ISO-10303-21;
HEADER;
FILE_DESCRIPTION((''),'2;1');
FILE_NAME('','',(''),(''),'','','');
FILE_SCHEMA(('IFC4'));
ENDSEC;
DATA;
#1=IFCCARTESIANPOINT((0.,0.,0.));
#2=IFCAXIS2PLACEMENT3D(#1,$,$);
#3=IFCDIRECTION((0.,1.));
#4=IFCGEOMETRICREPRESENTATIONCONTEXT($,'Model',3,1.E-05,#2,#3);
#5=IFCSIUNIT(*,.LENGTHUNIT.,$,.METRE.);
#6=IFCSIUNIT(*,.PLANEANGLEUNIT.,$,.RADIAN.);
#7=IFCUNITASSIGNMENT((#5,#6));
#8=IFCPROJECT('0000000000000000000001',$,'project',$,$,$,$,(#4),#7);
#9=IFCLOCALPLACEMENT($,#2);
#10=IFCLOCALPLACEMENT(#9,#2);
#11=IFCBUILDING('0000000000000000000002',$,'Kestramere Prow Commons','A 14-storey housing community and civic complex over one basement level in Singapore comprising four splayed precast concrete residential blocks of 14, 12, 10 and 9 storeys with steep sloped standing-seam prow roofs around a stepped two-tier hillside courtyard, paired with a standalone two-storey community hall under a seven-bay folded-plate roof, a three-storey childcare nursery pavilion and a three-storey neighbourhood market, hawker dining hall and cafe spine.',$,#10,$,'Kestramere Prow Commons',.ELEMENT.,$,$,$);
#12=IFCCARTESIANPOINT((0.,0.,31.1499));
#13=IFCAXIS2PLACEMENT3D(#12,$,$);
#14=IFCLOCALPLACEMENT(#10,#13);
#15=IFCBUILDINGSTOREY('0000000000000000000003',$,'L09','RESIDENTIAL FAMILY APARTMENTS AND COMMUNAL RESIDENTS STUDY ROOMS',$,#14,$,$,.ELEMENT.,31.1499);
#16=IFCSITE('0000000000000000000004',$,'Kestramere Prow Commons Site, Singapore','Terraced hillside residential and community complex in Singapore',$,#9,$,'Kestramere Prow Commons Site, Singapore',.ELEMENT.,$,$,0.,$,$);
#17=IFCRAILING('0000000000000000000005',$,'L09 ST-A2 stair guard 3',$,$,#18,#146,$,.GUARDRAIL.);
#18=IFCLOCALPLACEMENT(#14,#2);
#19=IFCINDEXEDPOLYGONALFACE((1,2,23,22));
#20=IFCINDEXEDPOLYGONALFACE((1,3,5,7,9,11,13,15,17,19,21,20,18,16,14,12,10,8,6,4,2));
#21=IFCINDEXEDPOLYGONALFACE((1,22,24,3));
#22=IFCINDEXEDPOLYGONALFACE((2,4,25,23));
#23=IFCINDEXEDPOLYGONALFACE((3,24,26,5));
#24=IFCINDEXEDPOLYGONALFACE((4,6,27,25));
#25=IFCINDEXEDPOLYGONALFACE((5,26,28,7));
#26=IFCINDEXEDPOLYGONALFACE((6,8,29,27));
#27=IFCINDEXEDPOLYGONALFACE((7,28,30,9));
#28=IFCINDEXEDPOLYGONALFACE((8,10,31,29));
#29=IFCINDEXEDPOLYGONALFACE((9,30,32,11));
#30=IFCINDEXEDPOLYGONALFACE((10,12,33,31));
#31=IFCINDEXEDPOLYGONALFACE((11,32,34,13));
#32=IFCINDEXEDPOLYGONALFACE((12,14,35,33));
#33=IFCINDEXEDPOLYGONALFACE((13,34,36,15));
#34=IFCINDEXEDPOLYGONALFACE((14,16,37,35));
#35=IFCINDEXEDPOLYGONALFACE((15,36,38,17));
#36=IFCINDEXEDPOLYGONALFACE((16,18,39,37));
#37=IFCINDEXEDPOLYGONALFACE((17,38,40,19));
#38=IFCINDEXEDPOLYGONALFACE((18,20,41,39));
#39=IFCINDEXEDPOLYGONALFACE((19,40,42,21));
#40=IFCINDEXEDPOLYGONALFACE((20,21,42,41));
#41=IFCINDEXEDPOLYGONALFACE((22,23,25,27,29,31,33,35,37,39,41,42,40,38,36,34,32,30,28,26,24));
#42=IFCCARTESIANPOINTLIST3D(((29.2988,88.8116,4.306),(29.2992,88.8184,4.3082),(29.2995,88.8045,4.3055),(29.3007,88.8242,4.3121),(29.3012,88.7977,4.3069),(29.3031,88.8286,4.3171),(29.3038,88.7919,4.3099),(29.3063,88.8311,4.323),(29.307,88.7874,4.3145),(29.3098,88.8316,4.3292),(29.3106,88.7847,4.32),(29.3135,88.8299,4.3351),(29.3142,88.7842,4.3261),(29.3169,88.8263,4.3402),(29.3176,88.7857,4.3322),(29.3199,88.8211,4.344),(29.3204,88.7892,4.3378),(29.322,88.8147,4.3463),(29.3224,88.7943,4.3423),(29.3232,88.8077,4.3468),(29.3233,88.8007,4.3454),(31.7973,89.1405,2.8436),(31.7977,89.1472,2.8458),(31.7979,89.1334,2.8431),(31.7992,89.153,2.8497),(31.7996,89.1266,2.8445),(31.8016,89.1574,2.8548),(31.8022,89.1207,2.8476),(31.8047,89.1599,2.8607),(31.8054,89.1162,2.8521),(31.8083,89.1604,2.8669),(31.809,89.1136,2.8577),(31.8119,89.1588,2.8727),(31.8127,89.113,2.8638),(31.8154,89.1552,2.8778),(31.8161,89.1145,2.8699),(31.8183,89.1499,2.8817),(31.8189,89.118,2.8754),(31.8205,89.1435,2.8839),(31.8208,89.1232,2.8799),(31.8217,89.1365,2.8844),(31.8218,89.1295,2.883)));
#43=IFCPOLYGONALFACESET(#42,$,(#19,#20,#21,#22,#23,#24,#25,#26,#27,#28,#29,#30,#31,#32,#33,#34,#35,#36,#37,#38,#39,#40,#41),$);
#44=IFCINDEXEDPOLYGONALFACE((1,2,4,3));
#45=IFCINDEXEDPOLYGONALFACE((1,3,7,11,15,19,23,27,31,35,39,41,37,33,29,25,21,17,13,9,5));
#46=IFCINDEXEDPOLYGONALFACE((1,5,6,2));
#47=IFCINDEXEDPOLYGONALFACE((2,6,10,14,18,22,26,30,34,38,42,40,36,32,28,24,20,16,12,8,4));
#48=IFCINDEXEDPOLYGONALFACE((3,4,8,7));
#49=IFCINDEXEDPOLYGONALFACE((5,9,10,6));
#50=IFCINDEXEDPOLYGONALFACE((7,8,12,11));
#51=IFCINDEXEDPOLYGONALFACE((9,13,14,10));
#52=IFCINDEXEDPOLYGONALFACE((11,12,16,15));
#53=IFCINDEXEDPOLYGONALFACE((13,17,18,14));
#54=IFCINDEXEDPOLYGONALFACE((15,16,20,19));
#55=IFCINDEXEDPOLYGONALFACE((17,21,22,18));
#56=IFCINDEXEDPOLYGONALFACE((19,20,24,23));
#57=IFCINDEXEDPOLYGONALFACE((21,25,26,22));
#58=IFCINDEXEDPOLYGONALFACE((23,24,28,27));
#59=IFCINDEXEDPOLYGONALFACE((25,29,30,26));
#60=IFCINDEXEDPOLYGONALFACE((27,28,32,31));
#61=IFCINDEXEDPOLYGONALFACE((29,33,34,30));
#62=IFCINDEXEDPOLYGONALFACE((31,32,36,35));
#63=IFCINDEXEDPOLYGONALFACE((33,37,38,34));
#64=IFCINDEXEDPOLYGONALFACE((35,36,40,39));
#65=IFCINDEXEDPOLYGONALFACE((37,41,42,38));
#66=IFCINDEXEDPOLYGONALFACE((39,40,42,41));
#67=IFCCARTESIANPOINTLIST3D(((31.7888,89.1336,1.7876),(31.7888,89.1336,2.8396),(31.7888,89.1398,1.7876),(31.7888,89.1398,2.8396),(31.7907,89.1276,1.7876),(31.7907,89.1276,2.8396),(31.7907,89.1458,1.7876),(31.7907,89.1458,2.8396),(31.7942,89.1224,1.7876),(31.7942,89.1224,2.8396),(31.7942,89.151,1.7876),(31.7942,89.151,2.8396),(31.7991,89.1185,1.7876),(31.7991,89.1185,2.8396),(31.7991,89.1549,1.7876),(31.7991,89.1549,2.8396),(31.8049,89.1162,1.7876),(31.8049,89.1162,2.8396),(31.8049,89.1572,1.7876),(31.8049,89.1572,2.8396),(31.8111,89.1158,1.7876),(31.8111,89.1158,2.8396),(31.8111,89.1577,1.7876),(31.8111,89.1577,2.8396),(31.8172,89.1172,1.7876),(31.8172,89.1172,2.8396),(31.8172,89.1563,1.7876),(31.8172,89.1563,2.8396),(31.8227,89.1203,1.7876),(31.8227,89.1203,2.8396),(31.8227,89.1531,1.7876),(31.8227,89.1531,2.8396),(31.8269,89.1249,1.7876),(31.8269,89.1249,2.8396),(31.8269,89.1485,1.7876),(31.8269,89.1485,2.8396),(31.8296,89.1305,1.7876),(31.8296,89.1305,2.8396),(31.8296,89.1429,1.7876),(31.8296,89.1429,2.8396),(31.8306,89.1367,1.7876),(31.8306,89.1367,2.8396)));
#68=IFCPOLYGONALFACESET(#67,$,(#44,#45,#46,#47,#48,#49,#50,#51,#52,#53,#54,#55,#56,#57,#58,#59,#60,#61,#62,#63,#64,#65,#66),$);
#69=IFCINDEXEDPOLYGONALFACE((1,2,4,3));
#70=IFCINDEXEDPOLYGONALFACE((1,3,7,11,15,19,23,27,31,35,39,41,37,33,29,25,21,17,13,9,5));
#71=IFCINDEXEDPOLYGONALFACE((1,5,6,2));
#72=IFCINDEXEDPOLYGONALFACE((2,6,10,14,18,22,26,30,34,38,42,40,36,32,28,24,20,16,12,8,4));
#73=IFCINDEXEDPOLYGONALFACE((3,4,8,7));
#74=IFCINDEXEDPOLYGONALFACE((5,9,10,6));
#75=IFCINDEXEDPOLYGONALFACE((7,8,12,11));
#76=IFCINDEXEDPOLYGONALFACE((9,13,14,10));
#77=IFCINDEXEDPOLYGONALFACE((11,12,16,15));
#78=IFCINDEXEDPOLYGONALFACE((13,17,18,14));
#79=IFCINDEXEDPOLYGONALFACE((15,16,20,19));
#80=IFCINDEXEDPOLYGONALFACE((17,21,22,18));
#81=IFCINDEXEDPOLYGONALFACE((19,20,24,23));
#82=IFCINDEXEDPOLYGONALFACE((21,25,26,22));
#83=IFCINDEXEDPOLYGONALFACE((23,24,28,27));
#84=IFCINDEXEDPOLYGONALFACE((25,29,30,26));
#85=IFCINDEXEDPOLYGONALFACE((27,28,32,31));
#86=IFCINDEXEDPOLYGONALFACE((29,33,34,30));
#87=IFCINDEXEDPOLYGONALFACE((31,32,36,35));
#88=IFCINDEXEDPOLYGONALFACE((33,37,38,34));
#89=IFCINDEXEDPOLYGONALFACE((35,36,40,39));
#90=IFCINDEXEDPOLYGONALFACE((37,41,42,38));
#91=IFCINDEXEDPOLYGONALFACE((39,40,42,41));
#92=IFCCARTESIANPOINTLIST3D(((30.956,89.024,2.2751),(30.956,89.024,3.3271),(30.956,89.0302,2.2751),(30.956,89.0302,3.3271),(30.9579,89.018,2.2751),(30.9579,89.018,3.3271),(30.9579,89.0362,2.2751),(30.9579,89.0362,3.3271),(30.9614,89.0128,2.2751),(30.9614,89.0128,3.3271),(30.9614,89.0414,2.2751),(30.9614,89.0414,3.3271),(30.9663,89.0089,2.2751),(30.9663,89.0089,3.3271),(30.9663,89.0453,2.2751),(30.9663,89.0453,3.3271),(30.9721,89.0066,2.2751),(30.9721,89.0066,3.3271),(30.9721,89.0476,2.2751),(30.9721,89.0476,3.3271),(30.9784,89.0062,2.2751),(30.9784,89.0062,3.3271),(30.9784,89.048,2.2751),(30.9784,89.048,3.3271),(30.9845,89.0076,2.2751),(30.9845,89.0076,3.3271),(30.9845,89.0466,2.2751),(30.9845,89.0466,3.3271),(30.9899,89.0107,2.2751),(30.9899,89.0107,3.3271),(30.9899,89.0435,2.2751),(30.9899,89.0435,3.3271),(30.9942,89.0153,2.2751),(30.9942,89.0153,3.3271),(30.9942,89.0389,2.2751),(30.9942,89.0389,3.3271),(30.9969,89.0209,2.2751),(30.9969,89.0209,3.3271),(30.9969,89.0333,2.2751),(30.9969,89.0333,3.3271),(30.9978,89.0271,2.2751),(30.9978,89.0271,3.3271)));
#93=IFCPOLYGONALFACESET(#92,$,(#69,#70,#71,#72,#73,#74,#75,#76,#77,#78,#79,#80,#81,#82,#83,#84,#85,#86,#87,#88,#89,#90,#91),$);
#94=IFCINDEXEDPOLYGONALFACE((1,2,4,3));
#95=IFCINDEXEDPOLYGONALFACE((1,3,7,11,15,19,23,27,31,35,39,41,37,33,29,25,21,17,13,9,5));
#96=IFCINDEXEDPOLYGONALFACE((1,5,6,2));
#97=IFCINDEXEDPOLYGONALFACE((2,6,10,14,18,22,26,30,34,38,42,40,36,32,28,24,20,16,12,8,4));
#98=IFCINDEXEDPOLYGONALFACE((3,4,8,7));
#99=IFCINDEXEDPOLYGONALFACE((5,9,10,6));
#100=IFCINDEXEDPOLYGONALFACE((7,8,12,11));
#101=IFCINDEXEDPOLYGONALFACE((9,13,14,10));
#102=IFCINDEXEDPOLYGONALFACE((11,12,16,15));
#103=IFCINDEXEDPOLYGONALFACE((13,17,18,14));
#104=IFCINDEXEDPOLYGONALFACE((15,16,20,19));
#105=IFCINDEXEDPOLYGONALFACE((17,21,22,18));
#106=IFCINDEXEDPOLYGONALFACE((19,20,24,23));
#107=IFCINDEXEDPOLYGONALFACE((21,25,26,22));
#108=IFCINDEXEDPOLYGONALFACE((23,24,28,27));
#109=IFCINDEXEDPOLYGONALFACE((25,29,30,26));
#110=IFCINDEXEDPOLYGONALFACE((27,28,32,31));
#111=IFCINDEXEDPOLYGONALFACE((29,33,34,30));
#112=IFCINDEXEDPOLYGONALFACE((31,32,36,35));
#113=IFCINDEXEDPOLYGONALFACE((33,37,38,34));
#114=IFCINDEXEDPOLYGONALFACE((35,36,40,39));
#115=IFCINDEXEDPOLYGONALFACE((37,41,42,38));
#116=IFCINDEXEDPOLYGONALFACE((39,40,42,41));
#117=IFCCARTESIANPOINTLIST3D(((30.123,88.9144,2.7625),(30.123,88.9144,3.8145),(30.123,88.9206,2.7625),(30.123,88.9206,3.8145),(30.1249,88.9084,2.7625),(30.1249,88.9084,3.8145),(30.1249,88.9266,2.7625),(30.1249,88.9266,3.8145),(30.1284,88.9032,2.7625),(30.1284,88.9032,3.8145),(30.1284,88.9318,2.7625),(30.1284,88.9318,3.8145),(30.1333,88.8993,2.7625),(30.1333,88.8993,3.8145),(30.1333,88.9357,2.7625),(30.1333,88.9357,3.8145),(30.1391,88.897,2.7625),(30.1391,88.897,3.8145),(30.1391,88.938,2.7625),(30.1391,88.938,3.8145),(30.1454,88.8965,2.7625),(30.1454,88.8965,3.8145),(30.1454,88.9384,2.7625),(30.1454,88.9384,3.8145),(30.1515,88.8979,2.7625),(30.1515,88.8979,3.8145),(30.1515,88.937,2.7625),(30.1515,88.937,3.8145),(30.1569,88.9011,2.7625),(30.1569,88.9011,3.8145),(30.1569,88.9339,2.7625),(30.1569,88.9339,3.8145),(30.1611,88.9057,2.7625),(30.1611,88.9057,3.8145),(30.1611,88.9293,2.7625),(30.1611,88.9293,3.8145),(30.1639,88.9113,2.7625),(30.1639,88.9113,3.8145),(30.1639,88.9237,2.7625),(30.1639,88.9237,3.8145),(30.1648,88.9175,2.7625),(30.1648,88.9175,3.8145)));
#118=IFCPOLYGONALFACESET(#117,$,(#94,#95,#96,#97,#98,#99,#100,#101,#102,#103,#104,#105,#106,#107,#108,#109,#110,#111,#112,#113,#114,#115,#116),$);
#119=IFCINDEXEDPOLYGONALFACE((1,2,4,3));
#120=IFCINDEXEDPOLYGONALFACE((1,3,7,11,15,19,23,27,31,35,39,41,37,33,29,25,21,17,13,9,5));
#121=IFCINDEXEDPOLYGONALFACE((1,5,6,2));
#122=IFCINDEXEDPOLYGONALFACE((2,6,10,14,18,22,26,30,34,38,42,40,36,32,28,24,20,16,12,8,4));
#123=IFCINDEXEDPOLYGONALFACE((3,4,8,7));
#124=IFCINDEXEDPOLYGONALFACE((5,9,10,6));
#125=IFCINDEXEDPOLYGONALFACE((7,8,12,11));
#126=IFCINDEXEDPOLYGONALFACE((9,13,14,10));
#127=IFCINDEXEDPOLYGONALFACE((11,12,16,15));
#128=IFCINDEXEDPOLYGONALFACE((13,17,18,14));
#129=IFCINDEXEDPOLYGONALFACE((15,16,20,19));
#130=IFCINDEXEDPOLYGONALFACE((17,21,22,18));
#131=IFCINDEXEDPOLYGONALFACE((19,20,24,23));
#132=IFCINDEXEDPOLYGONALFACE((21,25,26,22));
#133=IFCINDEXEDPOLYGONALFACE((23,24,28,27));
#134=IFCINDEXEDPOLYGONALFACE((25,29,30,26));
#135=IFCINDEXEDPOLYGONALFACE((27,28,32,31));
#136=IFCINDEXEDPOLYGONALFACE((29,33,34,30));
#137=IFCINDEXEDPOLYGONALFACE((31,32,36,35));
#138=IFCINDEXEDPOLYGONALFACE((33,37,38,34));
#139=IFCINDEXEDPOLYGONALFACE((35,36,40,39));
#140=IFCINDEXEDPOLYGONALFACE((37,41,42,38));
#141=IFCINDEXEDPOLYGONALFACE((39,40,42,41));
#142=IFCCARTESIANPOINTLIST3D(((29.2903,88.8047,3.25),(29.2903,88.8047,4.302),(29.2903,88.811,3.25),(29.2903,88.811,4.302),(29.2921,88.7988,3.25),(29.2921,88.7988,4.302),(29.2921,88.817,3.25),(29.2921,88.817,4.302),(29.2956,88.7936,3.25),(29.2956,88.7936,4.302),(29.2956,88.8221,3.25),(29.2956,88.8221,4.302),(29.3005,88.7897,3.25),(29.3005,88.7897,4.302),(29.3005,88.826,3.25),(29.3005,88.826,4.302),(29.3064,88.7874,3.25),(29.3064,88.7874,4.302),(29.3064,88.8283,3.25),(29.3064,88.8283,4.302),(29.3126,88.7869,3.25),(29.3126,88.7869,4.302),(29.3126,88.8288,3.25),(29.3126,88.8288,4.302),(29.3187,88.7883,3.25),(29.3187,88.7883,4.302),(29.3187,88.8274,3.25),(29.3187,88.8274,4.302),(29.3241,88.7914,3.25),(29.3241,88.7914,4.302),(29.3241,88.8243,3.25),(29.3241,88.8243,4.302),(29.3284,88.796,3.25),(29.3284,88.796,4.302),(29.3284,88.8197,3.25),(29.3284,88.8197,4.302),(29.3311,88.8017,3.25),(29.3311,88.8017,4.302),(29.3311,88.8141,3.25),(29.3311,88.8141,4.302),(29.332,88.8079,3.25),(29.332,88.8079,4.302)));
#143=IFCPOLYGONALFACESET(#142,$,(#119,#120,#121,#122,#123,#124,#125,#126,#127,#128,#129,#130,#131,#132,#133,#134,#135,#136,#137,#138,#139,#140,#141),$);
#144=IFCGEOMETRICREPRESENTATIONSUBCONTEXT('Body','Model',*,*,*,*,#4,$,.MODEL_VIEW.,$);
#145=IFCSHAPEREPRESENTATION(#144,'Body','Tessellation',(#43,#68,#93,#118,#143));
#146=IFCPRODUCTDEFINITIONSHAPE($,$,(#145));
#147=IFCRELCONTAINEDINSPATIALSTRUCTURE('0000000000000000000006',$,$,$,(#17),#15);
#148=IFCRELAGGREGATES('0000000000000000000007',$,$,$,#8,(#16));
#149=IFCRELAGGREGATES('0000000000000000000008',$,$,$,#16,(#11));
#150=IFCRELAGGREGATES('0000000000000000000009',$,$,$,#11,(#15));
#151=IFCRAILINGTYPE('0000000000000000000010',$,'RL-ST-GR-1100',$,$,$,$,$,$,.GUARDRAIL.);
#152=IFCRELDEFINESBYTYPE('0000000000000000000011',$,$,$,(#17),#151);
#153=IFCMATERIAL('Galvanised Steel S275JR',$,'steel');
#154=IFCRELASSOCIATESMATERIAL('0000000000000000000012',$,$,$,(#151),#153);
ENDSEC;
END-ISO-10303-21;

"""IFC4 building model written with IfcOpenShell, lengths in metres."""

from ifc_helpers import new_model, si_unit, direction, frame, origin, origin_2d, place, context, subcontext, project, spatial, circle, extrude, material, type_object, element, save


model = new_model("IFC4")

# Units and contexts
model_context = context("Model", 3, precision=1e-05, world=origin(), true_north=direction((0.0, 1.0)))
body_context = subcontext(model_context, "Body", "Model", "MODEL_VIEW")
ifc_project = project(units=[si_unit("LENGTHUNIT", "METRE"), si_unit("PLANEANGLEUNIT", "RADIAN")], contexts=[model_context])

# Site, building, storey
site_placement = place(None, origin())
site = spatial("IfcSite", under=ifc_project, at=site_placement, Name="Kestramere Prow Commons Site, Singapore", Description="Terraced hillside residential and community complex in Singapore", LongName="Kestramere Prow Commons Site, Singapore", CompositionType="ELEMENT", RefElevation=0.0)
building_placement = place(site_placement, origin())
building = spatial("IfcBuilding", under=site, at=building_placement, Name="Kestramere Prow Commons", Description="A 14-storey housing community and civic complex over one basement level in Singapore comprising four splayed precast concrete residential blocks of 14, 12, 10 and 9 storeys with steep sloped standing-seam prow roofs around a stepped two-tier hillside courtyard, paired with a standalone two-storey community hall under a seven-bay folded-plate roof, a three-storey childcare nursery pavilion and a three-storey neighbourhood market, hawker dining hall and cafe spine.", LongName="Kestramere Prow Commons", CompositionType="ELEMENT")
storey_placement = place(building_placement, frame((0.0, 0.0, 31.1499)))
storey = spatial("IfcBuildingStorey", under=building, at=storey_placement, Name="L09", Description="RESIDENTIAL FAMILY APARTMENTS AND COMMUNAL RESIDENTS STUDY ROOMS", CompositionType="ELEMENT", Elevation=31.1499)

# Railing
ifc_material_1 = material(Name="Galvanised Steel S275JR", Category="steel")
railing_type_1 = type_object("IfcRailingType", Name="RL-ST-GR-1100", PredefinedType="GUARDRAIL", material=ifc_material_1)
railing_1_placement = place(storey_placement, frame((31.8096, 89.1367, 1.7876)))
element("IfcRailing", 1, at=railing_1_placement, inside=storey, type_object=railing_type_1, Name="L09 ST-A2 stair guard 3", PredefinedType="GUARDRAIL", context=body_context, shape_type="SweptSolid", body=[
    extrude(circle(Radius=0.0239, at=origin_2d()), frame((0.0, 0.0, 1.0762), z_axis=(-0.857523, -0.112867, 0.501912), x_axis=(0.130495, -0.991449, 0.0)), (0.0, 0.0, 1.0), 2.9136),
    extrude(circle(Radius=0.021, at=origin_2d()), origin(), (0.0, 0.0, 1.0), 1.052),
    extrude(circle(Radius=0.021, at=origin_2d()), frame((-0.8328, -0.1096, 0.4875)), (0.0, 0.0, 1.0), 1.052),
    extrude(circle(Radius=0.021, at=origin_2d()), frame((-1.6658, -0.2192, 0.9749)), (0.0, 0.0, 1.0), 1.052),
    extrude(circle(Radius=0.021, at=origin_2d()), frame((-2.4985, -0.3289, 1.4624)), (0.0, 0.0, 1.0), 1.052),
])

save(model, "model.ifc")
